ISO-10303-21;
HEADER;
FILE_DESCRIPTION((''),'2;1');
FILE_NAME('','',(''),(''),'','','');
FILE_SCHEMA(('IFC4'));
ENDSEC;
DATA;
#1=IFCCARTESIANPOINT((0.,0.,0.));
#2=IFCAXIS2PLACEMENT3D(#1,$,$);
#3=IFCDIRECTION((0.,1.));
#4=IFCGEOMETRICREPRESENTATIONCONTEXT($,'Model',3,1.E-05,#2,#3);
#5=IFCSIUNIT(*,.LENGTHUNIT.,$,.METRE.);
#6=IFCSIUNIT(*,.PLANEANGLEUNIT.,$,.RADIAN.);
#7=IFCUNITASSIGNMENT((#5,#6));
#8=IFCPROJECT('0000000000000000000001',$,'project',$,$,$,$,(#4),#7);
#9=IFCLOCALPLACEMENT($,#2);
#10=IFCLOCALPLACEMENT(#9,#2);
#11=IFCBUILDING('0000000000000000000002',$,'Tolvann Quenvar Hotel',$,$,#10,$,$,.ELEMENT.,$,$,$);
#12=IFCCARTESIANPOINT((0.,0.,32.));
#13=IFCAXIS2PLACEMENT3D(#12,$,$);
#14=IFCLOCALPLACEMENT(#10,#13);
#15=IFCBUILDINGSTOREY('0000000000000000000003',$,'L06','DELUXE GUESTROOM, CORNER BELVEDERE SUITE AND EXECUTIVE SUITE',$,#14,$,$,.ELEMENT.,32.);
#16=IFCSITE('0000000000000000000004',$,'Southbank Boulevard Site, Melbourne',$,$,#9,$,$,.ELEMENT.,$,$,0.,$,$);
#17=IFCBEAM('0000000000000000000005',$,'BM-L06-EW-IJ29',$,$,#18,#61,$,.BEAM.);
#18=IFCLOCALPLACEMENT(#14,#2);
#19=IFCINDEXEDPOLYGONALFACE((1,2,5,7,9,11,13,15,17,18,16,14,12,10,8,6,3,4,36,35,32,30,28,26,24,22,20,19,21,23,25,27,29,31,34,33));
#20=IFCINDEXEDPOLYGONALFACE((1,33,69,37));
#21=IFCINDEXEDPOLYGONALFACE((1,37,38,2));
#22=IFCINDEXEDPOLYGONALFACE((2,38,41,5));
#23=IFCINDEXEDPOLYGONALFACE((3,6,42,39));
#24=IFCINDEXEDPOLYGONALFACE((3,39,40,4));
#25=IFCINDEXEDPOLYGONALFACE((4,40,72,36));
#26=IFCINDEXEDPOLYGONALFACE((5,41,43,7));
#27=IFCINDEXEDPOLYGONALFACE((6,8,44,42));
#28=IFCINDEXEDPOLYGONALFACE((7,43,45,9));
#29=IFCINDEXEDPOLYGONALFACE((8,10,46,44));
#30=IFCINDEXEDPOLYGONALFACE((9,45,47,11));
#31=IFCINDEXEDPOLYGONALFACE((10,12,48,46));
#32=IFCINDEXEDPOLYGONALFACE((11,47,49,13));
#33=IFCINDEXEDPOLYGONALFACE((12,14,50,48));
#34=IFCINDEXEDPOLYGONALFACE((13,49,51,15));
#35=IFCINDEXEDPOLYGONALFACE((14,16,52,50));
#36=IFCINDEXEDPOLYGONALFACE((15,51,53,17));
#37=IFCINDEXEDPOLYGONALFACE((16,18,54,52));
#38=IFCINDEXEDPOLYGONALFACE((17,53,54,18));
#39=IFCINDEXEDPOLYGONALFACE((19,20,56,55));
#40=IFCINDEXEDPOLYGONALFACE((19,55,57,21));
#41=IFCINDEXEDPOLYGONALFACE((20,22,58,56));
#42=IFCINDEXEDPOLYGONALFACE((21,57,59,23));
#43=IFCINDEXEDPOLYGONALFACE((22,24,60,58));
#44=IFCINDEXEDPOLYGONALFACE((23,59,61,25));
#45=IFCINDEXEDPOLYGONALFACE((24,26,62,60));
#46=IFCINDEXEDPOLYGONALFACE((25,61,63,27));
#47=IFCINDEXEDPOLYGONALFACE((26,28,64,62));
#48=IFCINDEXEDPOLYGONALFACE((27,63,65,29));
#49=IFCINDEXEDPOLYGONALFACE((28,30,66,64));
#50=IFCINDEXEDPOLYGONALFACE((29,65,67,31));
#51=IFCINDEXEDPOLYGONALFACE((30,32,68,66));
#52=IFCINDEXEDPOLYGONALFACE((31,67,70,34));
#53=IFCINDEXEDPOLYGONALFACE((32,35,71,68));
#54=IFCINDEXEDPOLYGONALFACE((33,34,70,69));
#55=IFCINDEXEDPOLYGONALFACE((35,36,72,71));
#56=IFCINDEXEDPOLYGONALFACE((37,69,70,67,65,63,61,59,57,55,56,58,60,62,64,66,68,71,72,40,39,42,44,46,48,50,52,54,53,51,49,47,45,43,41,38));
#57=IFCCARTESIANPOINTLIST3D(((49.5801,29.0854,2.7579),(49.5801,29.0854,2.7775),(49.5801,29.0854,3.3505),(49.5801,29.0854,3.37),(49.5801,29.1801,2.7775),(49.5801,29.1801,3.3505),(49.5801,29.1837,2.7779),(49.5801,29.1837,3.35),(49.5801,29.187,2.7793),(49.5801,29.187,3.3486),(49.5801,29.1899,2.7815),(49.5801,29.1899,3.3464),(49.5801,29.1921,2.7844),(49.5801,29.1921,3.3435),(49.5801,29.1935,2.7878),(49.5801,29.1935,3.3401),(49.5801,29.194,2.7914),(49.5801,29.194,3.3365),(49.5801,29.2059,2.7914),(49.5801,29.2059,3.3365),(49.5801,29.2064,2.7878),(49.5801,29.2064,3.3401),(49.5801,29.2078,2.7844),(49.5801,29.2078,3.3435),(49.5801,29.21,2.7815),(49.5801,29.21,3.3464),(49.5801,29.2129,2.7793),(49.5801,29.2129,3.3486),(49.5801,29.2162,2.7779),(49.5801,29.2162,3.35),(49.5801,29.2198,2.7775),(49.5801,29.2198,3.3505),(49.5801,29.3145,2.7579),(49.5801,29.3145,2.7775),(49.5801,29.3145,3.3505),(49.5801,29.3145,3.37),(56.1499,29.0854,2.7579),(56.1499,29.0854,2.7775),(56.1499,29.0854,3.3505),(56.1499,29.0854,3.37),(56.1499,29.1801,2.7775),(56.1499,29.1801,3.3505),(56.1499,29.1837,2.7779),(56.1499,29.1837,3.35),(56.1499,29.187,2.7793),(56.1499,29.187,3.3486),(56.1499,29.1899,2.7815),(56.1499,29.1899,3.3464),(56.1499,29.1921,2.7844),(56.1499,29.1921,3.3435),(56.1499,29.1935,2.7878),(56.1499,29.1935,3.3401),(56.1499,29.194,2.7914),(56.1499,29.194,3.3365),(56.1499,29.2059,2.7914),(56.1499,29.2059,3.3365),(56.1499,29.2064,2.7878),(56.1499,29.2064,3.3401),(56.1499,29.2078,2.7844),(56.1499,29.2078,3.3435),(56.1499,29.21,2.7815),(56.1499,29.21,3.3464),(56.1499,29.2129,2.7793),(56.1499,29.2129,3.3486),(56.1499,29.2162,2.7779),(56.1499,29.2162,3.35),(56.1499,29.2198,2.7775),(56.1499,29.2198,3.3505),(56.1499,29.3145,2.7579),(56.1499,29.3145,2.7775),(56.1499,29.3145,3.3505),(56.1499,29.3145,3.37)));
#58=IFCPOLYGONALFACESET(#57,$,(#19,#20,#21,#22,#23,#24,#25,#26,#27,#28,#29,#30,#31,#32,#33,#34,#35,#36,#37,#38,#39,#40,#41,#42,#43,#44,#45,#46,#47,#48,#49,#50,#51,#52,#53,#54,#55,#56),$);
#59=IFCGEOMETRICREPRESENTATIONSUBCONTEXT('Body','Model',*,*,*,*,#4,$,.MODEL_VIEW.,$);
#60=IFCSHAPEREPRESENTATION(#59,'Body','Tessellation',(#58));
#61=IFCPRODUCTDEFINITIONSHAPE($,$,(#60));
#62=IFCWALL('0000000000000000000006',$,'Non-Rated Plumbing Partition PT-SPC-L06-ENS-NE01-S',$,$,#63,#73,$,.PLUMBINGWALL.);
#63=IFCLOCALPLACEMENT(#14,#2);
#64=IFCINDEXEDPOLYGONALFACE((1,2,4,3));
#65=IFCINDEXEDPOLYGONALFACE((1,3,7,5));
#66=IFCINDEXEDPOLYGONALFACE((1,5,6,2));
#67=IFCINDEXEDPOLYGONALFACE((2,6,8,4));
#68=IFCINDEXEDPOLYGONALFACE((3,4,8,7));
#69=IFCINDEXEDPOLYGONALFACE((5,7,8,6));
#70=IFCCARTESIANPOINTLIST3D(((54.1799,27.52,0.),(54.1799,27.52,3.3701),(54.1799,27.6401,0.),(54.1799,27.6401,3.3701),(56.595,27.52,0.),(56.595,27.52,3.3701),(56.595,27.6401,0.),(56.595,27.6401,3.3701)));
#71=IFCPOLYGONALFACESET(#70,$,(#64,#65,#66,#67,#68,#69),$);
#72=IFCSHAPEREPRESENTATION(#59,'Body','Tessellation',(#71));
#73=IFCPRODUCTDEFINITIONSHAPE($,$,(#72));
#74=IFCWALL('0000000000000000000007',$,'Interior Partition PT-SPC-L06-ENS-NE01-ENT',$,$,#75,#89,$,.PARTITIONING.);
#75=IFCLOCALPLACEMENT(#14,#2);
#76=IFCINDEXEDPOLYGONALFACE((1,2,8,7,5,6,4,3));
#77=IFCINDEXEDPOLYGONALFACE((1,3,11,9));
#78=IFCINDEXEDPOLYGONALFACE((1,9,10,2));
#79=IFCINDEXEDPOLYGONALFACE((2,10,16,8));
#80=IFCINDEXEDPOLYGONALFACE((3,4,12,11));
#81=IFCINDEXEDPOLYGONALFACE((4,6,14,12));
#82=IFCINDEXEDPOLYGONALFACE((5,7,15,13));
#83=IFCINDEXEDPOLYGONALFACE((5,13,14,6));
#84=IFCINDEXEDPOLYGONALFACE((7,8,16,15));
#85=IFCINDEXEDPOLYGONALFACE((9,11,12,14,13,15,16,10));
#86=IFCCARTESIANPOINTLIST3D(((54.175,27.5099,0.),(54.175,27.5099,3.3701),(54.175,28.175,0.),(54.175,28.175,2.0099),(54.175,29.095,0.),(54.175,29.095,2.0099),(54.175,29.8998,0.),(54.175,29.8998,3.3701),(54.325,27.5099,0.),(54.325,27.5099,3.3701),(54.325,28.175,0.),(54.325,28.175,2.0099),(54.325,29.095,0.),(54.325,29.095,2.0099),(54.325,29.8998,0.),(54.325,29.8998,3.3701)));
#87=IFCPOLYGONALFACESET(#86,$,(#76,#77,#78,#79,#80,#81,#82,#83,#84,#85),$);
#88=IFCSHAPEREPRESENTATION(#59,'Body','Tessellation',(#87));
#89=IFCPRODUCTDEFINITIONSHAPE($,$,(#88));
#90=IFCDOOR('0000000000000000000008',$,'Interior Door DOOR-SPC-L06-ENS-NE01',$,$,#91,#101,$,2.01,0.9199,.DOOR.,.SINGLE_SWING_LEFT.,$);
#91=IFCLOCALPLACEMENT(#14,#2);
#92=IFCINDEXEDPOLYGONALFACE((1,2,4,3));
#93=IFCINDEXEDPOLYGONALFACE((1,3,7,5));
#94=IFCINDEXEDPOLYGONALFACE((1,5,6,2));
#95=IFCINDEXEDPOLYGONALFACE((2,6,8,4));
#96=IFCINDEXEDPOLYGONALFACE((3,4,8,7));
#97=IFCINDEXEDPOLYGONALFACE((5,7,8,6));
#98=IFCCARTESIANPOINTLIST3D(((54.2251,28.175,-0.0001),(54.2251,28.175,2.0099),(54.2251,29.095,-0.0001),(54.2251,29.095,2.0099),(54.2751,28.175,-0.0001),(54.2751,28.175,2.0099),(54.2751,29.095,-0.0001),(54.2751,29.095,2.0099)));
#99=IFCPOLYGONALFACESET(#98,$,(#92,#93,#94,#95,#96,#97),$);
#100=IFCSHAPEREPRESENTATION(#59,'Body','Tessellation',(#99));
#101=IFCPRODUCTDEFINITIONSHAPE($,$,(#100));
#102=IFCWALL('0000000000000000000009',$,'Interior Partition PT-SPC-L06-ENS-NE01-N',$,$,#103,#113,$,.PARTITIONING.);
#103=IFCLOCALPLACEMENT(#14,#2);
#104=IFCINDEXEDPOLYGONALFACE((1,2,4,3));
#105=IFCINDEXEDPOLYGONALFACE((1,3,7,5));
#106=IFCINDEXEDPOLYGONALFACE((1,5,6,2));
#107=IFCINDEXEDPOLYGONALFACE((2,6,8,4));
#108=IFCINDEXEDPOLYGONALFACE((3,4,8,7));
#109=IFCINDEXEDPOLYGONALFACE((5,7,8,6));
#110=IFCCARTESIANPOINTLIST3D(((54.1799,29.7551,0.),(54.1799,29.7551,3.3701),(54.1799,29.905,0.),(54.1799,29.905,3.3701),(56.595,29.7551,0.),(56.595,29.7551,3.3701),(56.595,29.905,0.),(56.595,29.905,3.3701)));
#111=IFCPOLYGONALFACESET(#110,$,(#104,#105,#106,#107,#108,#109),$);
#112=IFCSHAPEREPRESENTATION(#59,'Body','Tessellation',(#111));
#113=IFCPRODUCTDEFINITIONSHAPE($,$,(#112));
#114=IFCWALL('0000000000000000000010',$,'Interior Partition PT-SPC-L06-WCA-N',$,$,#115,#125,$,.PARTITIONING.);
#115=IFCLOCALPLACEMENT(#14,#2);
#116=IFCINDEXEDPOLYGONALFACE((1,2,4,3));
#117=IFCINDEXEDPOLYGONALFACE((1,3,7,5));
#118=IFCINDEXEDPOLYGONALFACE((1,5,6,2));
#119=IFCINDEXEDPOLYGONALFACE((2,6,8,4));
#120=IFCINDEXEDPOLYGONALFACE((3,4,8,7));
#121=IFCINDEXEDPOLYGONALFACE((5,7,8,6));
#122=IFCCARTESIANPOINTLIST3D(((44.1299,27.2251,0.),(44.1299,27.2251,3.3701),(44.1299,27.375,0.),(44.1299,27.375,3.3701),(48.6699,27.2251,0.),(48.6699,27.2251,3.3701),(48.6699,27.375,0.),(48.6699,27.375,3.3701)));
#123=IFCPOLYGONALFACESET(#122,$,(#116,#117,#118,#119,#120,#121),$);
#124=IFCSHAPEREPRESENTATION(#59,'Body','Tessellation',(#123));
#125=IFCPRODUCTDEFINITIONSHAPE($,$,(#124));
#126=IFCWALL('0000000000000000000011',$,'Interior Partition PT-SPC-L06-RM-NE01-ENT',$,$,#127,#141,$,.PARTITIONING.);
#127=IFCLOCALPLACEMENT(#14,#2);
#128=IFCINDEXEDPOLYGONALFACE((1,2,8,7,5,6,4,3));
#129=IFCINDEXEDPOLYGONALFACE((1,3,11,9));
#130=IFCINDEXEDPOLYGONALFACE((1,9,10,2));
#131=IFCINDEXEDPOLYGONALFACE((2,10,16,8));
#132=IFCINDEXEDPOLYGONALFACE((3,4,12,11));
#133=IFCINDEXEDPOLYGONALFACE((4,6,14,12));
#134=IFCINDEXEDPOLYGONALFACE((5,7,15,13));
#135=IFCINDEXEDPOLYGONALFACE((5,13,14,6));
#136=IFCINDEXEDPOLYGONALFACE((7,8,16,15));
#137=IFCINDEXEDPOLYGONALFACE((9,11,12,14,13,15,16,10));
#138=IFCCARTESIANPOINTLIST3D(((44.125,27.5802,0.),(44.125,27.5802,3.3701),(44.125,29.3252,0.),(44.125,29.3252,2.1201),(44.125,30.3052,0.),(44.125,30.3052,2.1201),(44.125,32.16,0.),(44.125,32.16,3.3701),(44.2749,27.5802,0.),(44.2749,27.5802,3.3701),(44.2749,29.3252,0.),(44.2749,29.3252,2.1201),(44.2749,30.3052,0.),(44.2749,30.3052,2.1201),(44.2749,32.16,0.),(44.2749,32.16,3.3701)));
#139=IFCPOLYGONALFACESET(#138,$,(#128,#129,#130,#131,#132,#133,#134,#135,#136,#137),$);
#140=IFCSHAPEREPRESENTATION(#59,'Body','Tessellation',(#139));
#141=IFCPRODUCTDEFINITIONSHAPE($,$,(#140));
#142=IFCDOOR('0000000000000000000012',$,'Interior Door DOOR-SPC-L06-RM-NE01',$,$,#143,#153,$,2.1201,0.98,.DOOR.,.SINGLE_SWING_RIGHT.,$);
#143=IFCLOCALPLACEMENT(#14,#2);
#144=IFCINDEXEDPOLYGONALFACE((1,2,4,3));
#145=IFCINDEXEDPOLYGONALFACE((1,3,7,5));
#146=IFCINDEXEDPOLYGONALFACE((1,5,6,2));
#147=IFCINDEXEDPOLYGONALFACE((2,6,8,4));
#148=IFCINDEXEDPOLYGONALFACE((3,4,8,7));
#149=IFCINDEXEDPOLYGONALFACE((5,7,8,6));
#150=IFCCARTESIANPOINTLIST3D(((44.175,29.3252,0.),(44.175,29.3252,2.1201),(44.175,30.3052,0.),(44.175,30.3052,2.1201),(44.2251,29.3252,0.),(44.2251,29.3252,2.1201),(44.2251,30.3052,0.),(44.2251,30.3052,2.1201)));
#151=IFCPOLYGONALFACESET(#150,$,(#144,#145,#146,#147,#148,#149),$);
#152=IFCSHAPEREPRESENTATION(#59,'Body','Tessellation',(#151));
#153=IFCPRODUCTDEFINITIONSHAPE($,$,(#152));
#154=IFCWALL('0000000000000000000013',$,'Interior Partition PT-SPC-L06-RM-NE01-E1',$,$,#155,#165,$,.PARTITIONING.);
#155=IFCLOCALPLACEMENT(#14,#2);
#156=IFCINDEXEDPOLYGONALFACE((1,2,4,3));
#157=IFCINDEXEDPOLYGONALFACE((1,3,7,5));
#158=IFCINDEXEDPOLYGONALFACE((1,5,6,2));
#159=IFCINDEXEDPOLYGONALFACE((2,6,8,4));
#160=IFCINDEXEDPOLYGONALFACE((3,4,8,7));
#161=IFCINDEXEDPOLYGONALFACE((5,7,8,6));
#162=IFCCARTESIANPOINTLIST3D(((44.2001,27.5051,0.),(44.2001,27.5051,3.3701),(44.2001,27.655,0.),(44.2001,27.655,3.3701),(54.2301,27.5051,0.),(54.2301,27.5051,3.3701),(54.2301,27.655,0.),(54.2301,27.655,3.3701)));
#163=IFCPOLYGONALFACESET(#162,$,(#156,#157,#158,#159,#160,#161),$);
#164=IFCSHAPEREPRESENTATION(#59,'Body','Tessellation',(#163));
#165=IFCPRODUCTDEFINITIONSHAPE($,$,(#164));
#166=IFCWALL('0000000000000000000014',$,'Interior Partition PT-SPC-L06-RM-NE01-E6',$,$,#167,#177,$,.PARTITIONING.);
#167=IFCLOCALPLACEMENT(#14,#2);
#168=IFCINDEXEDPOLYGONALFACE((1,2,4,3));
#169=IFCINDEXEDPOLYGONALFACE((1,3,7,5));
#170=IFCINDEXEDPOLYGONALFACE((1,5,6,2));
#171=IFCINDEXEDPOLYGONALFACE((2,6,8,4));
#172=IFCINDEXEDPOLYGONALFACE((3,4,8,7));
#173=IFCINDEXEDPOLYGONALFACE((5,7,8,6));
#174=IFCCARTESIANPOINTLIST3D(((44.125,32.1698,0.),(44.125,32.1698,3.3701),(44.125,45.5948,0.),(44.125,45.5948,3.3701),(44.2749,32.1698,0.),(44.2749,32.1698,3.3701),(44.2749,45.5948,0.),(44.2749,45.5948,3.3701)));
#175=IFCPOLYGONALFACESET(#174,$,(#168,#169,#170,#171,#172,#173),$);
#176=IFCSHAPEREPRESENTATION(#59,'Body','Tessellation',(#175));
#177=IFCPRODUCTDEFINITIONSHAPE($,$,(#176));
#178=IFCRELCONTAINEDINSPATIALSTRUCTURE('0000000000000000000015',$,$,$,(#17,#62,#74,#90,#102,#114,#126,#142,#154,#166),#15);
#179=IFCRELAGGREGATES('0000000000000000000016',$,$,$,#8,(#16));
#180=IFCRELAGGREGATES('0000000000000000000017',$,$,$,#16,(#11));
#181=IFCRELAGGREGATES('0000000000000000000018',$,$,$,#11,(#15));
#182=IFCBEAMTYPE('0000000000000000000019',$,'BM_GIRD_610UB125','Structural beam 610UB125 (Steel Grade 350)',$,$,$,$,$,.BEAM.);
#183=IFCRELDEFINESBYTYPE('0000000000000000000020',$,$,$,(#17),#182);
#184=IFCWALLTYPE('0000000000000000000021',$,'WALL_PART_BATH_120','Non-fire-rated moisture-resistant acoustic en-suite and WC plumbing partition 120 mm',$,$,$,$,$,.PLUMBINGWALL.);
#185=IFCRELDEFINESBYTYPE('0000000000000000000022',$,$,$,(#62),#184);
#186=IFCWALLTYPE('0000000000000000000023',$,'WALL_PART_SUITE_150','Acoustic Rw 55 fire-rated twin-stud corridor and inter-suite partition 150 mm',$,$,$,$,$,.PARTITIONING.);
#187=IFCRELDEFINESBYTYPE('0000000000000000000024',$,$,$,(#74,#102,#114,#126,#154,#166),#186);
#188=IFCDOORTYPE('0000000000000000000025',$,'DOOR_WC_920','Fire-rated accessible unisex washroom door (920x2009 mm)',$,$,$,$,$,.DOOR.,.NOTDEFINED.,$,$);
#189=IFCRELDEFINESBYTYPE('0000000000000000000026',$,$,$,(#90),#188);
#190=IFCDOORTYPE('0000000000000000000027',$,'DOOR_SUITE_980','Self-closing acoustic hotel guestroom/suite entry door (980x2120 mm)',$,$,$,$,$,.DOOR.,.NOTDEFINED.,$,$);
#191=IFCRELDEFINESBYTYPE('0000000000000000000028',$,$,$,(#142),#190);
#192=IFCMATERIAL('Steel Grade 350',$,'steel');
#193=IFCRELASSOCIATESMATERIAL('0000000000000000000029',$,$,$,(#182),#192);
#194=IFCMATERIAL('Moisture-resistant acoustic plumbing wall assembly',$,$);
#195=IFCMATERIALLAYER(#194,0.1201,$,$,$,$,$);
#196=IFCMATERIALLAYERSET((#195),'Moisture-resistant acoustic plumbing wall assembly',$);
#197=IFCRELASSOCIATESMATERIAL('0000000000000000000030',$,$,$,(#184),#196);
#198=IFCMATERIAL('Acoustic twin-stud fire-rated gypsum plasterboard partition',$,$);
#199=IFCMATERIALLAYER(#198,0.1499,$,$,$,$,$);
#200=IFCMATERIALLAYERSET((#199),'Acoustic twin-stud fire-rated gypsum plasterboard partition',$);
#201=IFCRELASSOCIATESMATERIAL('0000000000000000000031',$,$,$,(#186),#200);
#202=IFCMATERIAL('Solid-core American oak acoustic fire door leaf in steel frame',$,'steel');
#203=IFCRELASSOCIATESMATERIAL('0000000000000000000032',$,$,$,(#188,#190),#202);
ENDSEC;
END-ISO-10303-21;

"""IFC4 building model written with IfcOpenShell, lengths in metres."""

from ifc_helpers import new_model, si_unit, direction, frame, frame_2d, origin, origin_2d, place, context, subcontext, project, spatial, rectangle, i_section, extrude, source, transform, mapped, material, layer, layer_set, material_profile, profile_set, type_object, type_shapes, element, fill, save


model = new_model("IFC4")

# Units and contexts
model_context = context("Model", 3, precision=1e-05, world=origin(), true_north=direction((0.0, 1.0)))
body_context = subcontext(model_context, "Body", "Model", "MODEL_VIEW")
ifc_project = project(units=[si_unit("LENGTHUNIT", "METRE"), si_unit("PLANEANGLEUNIT", "RADIAN")], contexts=[model_context])

# Site, building, storey
site_placement = place(None, origin())
site = spatial("IfcSite", under=ifc_project, at=site_placement, Name="Southbank Boulevard Site, Melbourne", CompositionType="ELEMENT", RefElevation=0.0)
building_placement = place(site_placement, origin())
building = spatial("IfcBuilding", under=site, at=building_placement, Name="Tolvann Quenvar Hotel", CompositionType="ELEMENT")
storey_placement = place(building_placement, frame((0.0, 0.0, 32.0)))
storey = spatial("IfcBuildingStorey", under=building, at=storey_placement, Name="L06", Description="DELUXE GUESTROOM, CORNER BELVEDERE SUITE AND EXECUTIVE SUITE", CompositionType="ELEMENT", Elevation=32.0)

# Beam
ifc_material_1 = material(Name="Steel Grade 350", Category="steel")
ifc_material_profile_1 = material_profile(ifc_material_1, i_section(OverallWidth=0.229, OverallDepth=0.6121, WebThickness=0.012, FlangeThickness=0.0195, FilletRadius=0.0139, at=origin_2d()), Name="610UB125")
ifc_profile_set_1 = profile_set([ifc_material_profile_1], Name="Steel Grade 350")
beam_type_1 = type_object("IfcBeamType", Name="BM_GIRD_610UB125", Description="Structural beam 610UB125 (Steel Grade 350)", PredefinedType="BEAM", material=ifc_profile_set_1)
shared_shape_1 = source(origin(), body_context, "Body", "SweptSolid", [
    extrude(i_section(OverallWidth=0.229, OverallDepth=0.6121, WebThickness=0.012, FlangeThickness=0.0195, FilletRadius=0.0139, at=origin_2d()), origin(), (0.0, 0.0, 1.0), 6.5698),
])
beam_1_placement = place(storey_placement, frame((49.5801, 29.2, 3.064), z_axis=(1.0, 0.0, 0.0), x_axis=(0.0, 1.0, 0.0)))
element("IfcBeam", 1, at=beam_1_placement, inside=storey, type_object=beam_type_1, Name="BM-L06-EW-IJ29", PredefinedType="BEAM", context=body_context, shape_type="MappedRepresentation", body=[
    mapped(shared_shape_1, transform((0.0, 0.0, 0.0), x_axis=(1.0, 0.0, 0.0), y_axis=(0.0, 1.0, 0.0), z_axis=(0.0, 0.0, 1.0), scale=1.0)),
])

# Wall
ifc_material_2 = material(Name="Moisture-resistant acoustic plumbing wall assembly")
ifc_layer_1 = layer(ifc_material_2, 0.1201)
ifc_layer_set_1 = layer_set([ifc_layer_1], Name="Moisture-resistant acoustic plumbing wall assembly")
wall_type_1 = type_object("IfcWallType", Name="WALL_PART_BATH_120", Description="Non-fire-rated moisture-resistant acoustic en-suite and WC plumbing partition 120 mm", PredefinedType="PLUMBINGWALL", material=ifc_layer_set_1)
wall_1_placement = place(storey_placement, frame((54.1799, 27.5801, 0.0), z_axis=(0.0, 0.0, 1.0), x_axis=(1.0, 0.0, 0.0)))
element("IfcWall", 2, at=wall_1_placement, inside=storey, type_object=wall_type_1, Name="Non-Rated Plumbing Partition PT-SPC-L06-ENS-NE01-S", PredefinedType="PLUMBINGWALL", context=body_context, shape_type="SweptSolid", body=[
    extrude(rectangle(XDim=2.415, YDim=0.1201, at=frame_2d((1.2075, 0.0))), origin(), (0.0, 0.0, 1.0), 3.3701),
])

# Wall, opening, door
ifc_material_3 = material(Name="Acoustic twin-stud fire-rated gypsum plasterboard partition")
ifc_layer_2 = layer(ifc_material_3, 0.1499)
ifc_layer_set_2 = layer_set([ifc_layer_2], Name="Acoustic twin-stud fire-rated gypsum plasterboard partition")
wall_type_2 = type_object("IfcWallType", Name="WALL_PART_SUITE_150", Description="Acoustic Rw 55 fire-rated twin-stud corridor and inter-suite partition 150 mm", PredefinedType="PARTITIONING", material=ifc_layer_set_2)
wall_2_placement = place(storey_placement, frame((54.25, 27.51, 0.0), z_axis=(0.0, 0.0, 1.0), x_axis=(0.0, 1.0, 0.0)))
wall_2 = element("IfcWall", 3, at=wall_2_placement, inside=storey, type_object=wall_type_2, Name="Interior Partition PT-SPC-L06-ENS-NE01-ENT", PredefinedType="PARTITIONING", context=body_context, shape_type="SweptSolid", body=[
    extrude(rectangle(XDim=2.3899, YDim=0.1499, at=frame_2d((1.1948, 0.0))), origin(), (0.0, 0.0, 1.0), 3.3701),
])
opening_1_placement = place(wall_2_placement, frame((0.665, 0.0, 0.0)))
opening_1 = element("IfcOpeningElement", 4, at=opening_1_placement, cuts=wall_2, PredefinedType="OPENING", context=body_context, shape_type="SweptSolid", body=[
    extrude(rectangle(XDim=0.9199, YDim=2.01, at=frame_2d((0.46, 1.0049))), frame((0.0, 0.085, 0.0), z_axis=(0.0, -1.0, 0.0), x_axis=(1.0, 0.0, 0.0)), (0.0, 0.0, 1.0), 0.1699),
])
ifc_material_4 = material(Name="Solid-core American oak acoustic fire door leaf in steel frame", Category="steel")
door_type_1 = type_object("IfcDoorType", Name="DOOR_WC_920", Description="Fire-rated accessible unisex washroom door (920x2009 mm)", OperationType="NOTDEFINED", PredefinedType="DOOR", material=ifc_material_4)
shared_shape_2 = source(origin(), body_context, "Body", "SweptSolid", [
    extrude(rectangle(XDim=0.9199, YDim=2.01, at=frame_2d((0.46, 1.0049))), frame((0.0, 0.0249, 0.0), z_axis=(0.0, -1.0, 0.0), x_axis=(1.0, 0.0, 0.0)), (0.0, 0.0, 1.0), 0.05),
])
type_shapes(door_type_1, [shared_shape_2])
door_1_placement = place(opening_1_placement, origin())
door_1 = element("IfcDoor", 5, at=door_1_placement, inside=storey, type_object=door_type_1, Name="Interior Door DOOR-SPC-L06-ENS-NE01", OperationType="SINGLE_SWING_LEFT", OverallHeight=2.01, OverallWidth=0.9199, PredefinedType="DOOR", context=body_context, shape_type="MappedRepresentation", body=[
    mapped(shared_shape_2, transform((0.0, 0.0, 0.0), x_axis=(1.0, 0.0, 0.0), y_axis=(0.0, 1.0, 0.0), z_axis=(0.0, 0.0, 1.0), scale=1.0)),
])
fill(opening_1, door_1)

# Walls
wall_3_placement = place(storey_placement, frame((54.1799, 29.8301, 0.0), z_axis=(0.0, 0.0, 1.0), x_axis=(1.0, 0.0, 0.0)))
element("IfcWall", 6, at=wall_3_placement, inside=storey, type_object=wall_type_2, Name="Interior Partition PT-SPC-L06-ENS-NE01-N", PredefinedType="PARTITIONING", context=body_context, shape_type="SweptSolid", body=[
    extrude(rectangle(XDim=2.415, YDim=0.1499, at=frame_2d((1.2075, 0.0))), origin(), (0.0, 0.0, 1.0), 3.3701),
])
wall_4_placement = place(storey_placement, frame((44.1299, 27.3, 0.0), z_axis=(0.0, 0.0, 1.0), x_axis=(1.0, 0.0, 0.0)))
element("IfcWall", 7, at=wall_4_placement, inside=storey, type_object=wall_type_2, Name="Interior Partition PT-SPC-L06-WCA-N", PredefinedType="PARTITIONING", context=body_context, shape_type="SweptSolid", body=[
    extrude(rectangle(XDim=4.54, YDim=0.1499, at=frame_2d((2.27, 0.0))), origin(), (0.0, 0.0, 1.0), 3.3701),
])

# Wall, opening, door
wall_5_placement = place(storey_placement, frame((44.2, 27.5801, 0.0), z_axis=(0.0, 0.0, 1.0), x_axis=(0.0, 1.0, 0.0)))
wall_5 = element("IfcWall", 8, at=wall_5_placement, inside=storey, type_object=wall_type_2, Name="Interior Partition PT-SPC-L06-RM-NE01-ENT", PredefinedType="PARTITIONING", context=body_context, shape_type="SweptSolid", body=[
    extrude(rectangle(XDim=4.5798, YDim=0.1499, at=frame_2d((2.29, 0.0))), origin(), (0.0, 0.0, 1.0), 3.3701),
])
opening_2_placement = place(wall_5_placement, frame((1.7451, 0.0, 0.0)))
opening_2 = element("IfcOpeningElement", 9, at=opening_2_placement, cuts=wall_5, PredefinedType="OPENING", context=body_context, shape_type="SweptSolid", body=[
    extrude(rectangle(XDim=0.98, YDim=2.1201, at=frame_2d((0.49, 1.0601))), frame((0.0, 0.085, 0.0), z_axis=(0.0, -1.0, 0.0), x_axis=(1.0, 0.0, 0.0)), (0.0, 0.0, 1.0), 0.1699),
])
door_type_2 = type_object("IfcDoorType", Name="DOOR_SUITE_980", Description="Self-closing acoustic hotel guestroom/suite entry door (980x2120 mm)", OperationType="NOTDEFINED", PredefinedType="DOOR", material=ifc_material_4)
shared_shape_3 = source(origin(), body_context, "Body", "SweptSolid", [
    extrude(rectangle(XDim=0.98, YDim=2.1201, at=frame_2d((0.49, 1.0601))), frame((0.0, 0.0249, 0.0), z_axis=(0.0, -1.0, 0.0), x_axis=(1.0, 0.0, 0.0)), (0.0, 0.0, 1.0), 0.05),
])
type_shapes(door_type_2, [shared_shape_3])
door_2_placement = place(opening_2_placement, origin())
door_2 = element("IfcDoor", 10, at=door_2_placement, inside=storey, type_object=door_type_2, Name="Interior Door DOOR-SPC-L06-RM-NE01", OperationType="SINGLE_SWING_RIGHT", OverallHeight=2.1201, OverallWidth=0.98, PredefinedType="DOOR", context=body_context, shape_type="MappedRepresentation", body=[
    mapped(shared_shape_3, transform((0.0, 0.0, 0.0), x_axis=(1.0, 0.0, 0.0), y_axis=(0.0, 1.0, 0.0), z_axis=(0.0, 0.0, 1.0), scale=1.0)),
])
fill(opening_2, door_2)

# Walls
wall_6_placement = place(storey_placement, frame((44.2, 27.5801, 0.0), z_axis=(0.0, 0.0, 1.0), x_axis=(1.0, 0.0, 0.0)))
element("IfcWall", 11, at=wall_6_placement, inside=storey, type_object=wall_type_2, Name="Interior Partition PT-SPC-L06-RM-NE01-E1", PredefinedType="PARTITIONING", context=body_context, shape_type="SweptSolid", body=[
    extrude(rectangle(XDim=10.03, YDim=0.1499, at=frame_2d((5.0151, 0.0))), origin(), (0.0, 0.0, 1.0), 3.3701),
])
wall_7_placement = place(storey_placement, frame((44.2, 32.1699, 0.0), z_axis=(0.0, 0.0, 1.0), x_axis=(0.0, 1.0, 0.0)))
element("IfcWall", 12, at=wall_7_placement, inside=storey, type_object=wall_type_2, Name="Interior Partition PT-SPC-L06-RM-NE01-E6", PredefinedType="PARTITIONING", context=body_context, shape_type="SweptSolid", body=[
    extrude(rectangle(XDim=13.425, YDim=0.1499, at=frame_2d((6.7124, 0.0))), origin(), (0.0, 0.0, 1.0), 3.3701),
])

save(model, "model.ifc")
